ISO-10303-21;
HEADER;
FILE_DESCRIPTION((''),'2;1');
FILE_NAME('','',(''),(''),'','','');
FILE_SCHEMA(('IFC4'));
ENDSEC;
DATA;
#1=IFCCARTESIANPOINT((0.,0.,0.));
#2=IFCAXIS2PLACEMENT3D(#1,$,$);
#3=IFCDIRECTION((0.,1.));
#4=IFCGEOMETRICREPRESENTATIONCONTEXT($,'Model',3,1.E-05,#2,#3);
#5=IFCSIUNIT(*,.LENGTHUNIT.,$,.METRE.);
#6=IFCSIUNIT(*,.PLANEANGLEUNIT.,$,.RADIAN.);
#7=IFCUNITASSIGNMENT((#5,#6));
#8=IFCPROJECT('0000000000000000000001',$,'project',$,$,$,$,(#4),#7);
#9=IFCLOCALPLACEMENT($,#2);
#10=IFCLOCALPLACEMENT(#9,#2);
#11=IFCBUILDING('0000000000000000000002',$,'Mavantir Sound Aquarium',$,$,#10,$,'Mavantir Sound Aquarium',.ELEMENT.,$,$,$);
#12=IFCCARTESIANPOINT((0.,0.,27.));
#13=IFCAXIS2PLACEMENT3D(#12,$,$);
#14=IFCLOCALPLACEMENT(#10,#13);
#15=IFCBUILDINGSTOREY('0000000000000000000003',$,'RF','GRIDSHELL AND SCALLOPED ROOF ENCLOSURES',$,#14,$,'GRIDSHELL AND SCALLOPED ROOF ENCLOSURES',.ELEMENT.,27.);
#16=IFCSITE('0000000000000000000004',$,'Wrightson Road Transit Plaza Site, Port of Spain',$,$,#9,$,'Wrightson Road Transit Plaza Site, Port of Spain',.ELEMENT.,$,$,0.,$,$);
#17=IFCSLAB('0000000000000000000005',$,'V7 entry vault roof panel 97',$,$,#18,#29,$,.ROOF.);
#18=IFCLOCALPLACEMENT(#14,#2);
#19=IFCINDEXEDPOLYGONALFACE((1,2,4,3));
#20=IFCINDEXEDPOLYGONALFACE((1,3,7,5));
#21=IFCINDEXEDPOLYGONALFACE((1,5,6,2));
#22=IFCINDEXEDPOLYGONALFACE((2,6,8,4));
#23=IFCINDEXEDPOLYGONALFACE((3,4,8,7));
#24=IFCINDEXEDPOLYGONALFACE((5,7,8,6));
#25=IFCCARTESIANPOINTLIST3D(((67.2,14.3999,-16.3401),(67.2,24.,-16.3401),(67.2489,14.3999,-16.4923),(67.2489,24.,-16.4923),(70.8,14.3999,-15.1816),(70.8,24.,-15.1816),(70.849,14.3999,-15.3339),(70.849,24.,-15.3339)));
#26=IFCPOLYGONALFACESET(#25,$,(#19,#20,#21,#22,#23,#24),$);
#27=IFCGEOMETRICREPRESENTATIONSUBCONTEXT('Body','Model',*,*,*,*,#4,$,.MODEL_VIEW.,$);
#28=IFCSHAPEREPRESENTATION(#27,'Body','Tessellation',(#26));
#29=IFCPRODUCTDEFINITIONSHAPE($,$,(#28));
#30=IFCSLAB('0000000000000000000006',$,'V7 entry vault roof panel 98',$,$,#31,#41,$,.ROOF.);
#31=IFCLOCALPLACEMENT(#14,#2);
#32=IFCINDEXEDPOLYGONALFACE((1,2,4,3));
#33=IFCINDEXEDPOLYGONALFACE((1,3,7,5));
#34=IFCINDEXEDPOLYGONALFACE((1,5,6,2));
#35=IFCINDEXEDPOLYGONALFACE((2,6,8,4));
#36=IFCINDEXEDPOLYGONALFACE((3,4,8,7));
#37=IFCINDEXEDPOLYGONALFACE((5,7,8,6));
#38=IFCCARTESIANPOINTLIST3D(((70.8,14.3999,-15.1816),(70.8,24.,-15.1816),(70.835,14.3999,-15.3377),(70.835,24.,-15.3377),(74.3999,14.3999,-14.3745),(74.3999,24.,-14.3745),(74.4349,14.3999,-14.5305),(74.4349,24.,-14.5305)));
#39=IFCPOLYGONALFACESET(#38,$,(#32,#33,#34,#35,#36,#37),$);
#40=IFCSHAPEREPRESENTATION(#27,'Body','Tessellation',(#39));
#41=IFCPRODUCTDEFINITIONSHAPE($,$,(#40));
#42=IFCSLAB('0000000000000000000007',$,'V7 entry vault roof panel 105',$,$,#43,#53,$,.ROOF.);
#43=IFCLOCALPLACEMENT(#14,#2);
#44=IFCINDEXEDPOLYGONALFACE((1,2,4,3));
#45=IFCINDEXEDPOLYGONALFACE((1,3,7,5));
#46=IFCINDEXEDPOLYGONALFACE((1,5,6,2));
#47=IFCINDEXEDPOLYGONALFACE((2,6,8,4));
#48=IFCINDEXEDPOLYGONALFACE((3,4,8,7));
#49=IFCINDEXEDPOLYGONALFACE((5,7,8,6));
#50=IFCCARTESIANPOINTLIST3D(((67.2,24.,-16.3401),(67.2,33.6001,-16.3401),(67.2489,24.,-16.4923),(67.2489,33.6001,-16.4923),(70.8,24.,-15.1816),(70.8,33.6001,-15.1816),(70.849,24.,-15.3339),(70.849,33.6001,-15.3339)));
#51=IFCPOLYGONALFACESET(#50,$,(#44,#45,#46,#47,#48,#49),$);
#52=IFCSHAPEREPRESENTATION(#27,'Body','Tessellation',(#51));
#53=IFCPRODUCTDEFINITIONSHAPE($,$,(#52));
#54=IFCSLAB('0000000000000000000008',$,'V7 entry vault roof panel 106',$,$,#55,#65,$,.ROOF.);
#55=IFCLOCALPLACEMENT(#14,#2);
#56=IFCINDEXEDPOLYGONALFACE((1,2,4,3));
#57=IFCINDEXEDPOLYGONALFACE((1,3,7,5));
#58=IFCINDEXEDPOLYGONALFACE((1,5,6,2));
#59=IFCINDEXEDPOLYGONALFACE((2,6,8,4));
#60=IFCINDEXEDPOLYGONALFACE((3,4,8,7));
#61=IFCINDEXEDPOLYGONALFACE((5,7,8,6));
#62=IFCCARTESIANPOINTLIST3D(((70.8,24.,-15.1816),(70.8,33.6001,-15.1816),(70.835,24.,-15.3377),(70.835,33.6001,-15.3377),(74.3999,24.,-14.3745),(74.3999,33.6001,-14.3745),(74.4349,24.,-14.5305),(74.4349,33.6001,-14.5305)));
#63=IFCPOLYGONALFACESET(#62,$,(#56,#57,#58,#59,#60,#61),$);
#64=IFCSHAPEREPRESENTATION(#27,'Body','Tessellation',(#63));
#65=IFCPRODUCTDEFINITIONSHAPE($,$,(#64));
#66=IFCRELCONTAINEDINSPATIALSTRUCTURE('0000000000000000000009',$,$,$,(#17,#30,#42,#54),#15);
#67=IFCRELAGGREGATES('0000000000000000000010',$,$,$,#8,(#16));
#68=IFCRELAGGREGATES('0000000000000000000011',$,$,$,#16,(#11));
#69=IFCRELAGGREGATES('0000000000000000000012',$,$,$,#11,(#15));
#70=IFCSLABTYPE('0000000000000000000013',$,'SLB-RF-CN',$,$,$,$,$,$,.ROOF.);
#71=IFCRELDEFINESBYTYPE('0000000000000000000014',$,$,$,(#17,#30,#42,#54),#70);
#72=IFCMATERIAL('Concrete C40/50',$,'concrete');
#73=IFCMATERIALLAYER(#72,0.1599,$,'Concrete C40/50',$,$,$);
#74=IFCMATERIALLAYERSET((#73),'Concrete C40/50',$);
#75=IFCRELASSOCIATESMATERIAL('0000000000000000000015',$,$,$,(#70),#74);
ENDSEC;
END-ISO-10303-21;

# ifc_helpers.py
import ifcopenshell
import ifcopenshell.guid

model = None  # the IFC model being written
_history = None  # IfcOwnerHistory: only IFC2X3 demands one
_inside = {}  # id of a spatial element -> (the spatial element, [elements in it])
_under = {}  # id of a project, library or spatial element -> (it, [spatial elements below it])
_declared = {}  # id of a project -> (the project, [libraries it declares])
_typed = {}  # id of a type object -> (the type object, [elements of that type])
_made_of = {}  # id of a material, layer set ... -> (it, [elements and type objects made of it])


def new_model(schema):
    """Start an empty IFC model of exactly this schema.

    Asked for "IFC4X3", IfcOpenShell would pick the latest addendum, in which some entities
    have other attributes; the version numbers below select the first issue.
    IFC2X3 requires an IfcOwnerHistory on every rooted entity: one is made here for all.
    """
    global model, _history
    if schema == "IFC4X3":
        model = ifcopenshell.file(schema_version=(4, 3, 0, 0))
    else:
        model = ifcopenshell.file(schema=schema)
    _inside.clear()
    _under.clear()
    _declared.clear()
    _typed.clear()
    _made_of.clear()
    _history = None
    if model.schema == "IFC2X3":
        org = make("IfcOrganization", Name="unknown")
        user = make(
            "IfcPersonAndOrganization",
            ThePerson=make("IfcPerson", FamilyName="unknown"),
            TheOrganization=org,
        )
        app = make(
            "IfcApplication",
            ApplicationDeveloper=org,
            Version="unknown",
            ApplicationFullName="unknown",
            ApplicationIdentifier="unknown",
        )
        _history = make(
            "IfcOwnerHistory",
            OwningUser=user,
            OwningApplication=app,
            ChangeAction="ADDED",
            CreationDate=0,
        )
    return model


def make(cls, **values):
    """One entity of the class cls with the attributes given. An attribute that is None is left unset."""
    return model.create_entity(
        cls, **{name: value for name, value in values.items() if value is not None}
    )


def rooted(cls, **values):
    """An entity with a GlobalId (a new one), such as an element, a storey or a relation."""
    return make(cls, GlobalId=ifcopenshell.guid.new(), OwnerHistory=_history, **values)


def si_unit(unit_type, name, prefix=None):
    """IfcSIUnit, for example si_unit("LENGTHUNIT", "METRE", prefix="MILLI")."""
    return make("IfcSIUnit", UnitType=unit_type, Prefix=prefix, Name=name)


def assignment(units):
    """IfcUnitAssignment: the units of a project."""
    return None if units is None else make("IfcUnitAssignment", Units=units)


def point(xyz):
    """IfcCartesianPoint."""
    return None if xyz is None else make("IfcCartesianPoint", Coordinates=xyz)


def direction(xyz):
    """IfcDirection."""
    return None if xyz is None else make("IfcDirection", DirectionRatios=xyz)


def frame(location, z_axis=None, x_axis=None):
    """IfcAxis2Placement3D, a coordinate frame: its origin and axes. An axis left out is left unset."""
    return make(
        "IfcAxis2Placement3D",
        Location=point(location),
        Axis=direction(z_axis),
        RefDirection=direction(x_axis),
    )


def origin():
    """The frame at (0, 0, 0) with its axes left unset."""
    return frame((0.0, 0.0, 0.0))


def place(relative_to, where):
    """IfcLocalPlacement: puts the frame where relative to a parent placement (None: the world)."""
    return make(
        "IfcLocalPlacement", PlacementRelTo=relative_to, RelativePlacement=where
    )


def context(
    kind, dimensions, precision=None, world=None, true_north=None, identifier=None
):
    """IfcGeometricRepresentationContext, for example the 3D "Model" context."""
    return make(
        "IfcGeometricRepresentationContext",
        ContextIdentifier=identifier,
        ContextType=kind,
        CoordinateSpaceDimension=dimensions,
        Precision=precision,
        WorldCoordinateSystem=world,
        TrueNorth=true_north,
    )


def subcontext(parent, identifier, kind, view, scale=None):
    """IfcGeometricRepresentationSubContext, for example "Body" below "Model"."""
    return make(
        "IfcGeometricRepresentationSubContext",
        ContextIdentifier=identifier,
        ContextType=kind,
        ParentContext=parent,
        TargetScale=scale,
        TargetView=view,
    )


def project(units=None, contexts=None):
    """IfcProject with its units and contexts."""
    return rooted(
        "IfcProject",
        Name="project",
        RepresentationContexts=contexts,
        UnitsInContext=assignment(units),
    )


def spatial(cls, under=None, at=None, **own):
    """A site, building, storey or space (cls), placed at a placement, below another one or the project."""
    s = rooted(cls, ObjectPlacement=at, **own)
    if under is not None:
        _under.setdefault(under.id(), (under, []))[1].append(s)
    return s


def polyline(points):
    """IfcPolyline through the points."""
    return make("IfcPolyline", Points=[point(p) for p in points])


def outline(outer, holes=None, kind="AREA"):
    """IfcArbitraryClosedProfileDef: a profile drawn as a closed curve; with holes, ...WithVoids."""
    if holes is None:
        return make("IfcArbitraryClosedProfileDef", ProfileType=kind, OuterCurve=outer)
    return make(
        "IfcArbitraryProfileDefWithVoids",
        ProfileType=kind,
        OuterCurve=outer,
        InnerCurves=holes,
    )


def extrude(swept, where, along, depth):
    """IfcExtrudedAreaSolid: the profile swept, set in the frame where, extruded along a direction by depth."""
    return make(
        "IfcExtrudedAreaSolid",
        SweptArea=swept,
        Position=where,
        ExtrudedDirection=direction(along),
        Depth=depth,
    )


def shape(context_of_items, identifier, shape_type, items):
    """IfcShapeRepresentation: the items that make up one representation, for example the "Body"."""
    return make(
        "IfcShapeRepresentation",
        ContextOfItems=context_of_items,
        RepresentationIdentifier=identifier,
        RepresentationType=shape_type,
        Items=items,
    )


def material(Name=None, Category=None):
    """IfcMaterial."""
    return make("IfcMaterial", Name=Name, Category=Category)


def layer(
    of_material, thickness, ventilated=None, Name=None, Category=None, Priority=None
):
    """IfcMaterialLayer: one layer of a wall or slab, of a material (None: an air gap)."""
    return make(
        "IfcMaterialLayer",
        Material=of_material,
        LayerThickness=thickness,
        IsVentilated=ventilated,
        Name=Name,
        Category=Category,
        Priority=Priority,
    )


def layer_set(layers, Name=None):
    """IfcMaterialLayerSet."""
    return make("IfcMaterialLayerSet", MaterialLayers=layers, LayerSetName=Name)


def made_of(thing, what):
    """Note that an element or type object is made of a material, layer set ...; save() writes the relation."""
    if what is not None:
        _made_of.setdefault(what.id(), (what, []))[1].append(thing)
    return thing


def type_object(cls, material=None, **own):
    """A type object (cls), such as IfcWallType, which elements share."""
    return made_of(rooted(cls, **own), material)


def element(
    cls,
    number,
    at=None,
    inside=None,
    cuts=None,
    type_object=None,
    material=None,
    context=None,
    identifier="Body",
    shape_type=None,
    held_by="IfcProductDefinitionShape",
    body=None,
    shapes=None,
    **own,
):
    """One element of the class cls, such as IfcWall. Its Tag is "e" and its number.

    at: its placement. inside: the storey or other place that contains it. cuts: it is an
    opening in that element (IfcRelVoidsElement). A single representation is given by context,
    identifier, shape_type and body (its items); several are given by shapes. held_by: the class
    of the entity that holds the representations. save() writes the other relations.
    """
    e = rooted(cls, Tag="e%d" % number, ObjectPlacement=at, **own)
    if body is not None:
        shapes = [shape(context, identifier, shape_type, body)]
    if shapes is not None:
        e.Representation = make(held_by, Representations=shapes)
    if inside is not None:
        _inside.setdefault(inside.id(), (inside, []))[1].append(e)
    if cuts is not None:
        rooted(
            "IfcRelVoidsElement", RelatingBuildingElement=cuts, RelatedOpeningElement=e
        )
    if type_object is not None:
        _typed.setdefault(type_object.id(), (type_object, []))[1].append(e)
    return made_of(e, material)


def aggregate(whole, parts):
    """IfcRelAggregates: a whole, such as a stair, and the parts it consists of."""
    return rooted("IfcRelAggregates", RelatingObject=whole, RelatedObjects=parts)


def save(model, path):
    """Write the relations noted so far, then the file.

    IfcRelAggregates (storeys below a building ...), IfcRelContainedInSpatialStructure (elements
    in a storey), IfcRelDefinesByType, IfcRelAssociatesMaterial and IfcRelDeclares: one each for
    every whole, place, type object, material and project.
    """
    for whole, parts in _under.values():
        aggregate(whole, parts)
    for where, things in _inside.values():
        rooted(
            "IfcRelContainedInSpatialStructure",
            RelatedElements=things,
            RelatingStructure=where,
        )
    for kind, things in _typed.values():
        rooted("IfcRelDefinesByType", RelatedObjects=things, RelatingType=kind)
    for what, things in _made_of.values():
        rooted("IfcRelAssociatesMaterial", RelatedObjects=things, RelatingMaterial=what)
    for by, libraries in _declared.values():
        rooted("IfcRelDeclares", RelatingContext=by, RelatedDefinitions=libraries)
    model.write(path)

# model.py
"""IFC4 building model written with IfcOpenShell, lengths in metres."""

from ifc_helpers import new_model, si_unit, direction, frame, origin, place, context, subcontext, project, spatial, polyline, outline, extrude, material, layer, layer_set, type_object, element, save


model = new_model("IFC4")

# Units and contexts
model_context = context("Model", 3, precision=1e-05, world=origin(), true_north=direction((0.0, 1.0)))
body_context = subcontext(model_context, "Body", "Model", "MODEL_VIEW")
ifc_project = project(units=[si_unit("LENGTHUNIT", "METRE"), si_unit("PLANEANGLEUNIT", "RADIAN")], contexts=[model_context])

# Site, building, storey
site_placement = place(None, origin())
site = spatial("IfcSite", under=ifc_project, at=site_placement, Name="Wrightson Road Transit Plaza Site, Port of Spain", LongName="Wrightson Road Transit Plaza Site, Port of Spain", CompositionType="ELEMENT", RefElevation=0.0)
building_placement = place(site_placement, origin())
building = spatial("IfcBuilding", under=site, at=building_placement, Name="Mavantir Sound Aquarium", LongName="Mavantir Sound Aquarium", CompositionType="ELEMENT")
storey_placement = place(building_placement, frame((0.0, 0.0, 27.0)))
storey = spatial("IfcBuildingStorey", under=building, at=storey_placement, Name="RF", Description="GRIDSHELL AND SCALLOPED ROOF ENCLOSURES", LongName="GRIDSHELL AND SCALLOPED ROOF ENCLOSURES", CompositionType="ELEMENT", Elevation=27.0)

# Slabs
ifc_material_1 = material(Name="Concrete C40/50", Category="concrete")
ifc_layer_1 = layer(ifc_material_1, 0.1599, Name="Concrete C40/50")
ifc_layer_set_1 = layer_set([ifc_layer_1], Name="Concrete C40/50")
slab_type_1 = type_object("IfcSlabType", Name="SLB-RF-CN", PredefinedType="ROOF", material=ifc_layer_set_1)
slab_1_placement = place(storey_placement, frame((67.2, 14.3999, -16.3401), z_axis=(-0.306314, 0.0, 0.95193), x_axis=(0.95193, 0.0, 0.306314)))
element("IfcSlab", 1, at=slab_1_placement, inside=storey, type_object=slab_type_1, Name="V7 entry vault roof panel 97", PredefinedType="ROOF", context=body_context, shape_type="SweptSolid", body=[
    extrude(outline(polyline([(0.0, 0.0), (3.7819, 0.0), (3.7819, 9.6001), (0.0, 9.6001), (0.0, 0.0)])), origin(), (0.0, 0.0, -1.0), 0.1599),
])
slab_2_placement = place(storey_placement, frame((70.8, 14.3999, -15.1816), z_axis=(-0.21878, 0.0, 0.975774), x_axis=(0.975774, 0.0, 0.21878)))
element("IfcSlab", 2, at=slab_2_placement, inside=storey, type_object=slab_type_1, Name="V7 entry vault roof panel 98", PredefinedType="ROOF", context=body_context, shape_type="SweptSolid", body=[
    extrude(outline(polyline([(0.0, 0.0), (3.6892, 0.0), (3.6892, 9.6001), (0.0, 9.6001), (0.0, 0.0)])), origin(), (0.0, 0.0, -1.0), 0.1599),
])
slab_3_placement = place(storey_placement, frame((67.2, 24.0, -16.3401), z_axis=(-0.306314, 0.0, 0.95193), x_axis=(0.95193, 0.0, 0.306314)))
element("IfcSlab", 3, at=slab_3_placement, inside=storey, type_object=slab_type_1, Name="V7 entry vault roof panel 105", PredefinedType="ROOF", context=body_context, shape_type="SweptSolid", body=[
    extrude(outline(polyline([(0.0, 0.0), (3.7819, 0.0), (3.7819, 9.6001), (0.0, 9.6001), (0.0, 0.0)])), origin(), (0.0, 0.0, -1.0), 0.1599),
])
slab_4_placement = place(storey_placement, frame((70.8, 24.0, -15.1816), z_axis=(-0.21878, 0.0, 0.975774), x_axis=(0.975774, 0.0, 0.21878)))
element("IfcSlab", 4, at=slab_4_placement, inside=storey, type_object=slab_type_1, Name="V7 entry vault roof panel 106", PredefinedType="ROOF", context=body_context, shape_type="SweptSolid", body=[
    extrude(outline(polyline([(0.0, 0.0), (3.6892, 0.0), (3.6892, 9.6001), (0.0, 9.6001), (0.0, 0.0)])), origin(), (0.0, 0.0, -1.0), 0.1599),
])

save(model, "model.ifc")
